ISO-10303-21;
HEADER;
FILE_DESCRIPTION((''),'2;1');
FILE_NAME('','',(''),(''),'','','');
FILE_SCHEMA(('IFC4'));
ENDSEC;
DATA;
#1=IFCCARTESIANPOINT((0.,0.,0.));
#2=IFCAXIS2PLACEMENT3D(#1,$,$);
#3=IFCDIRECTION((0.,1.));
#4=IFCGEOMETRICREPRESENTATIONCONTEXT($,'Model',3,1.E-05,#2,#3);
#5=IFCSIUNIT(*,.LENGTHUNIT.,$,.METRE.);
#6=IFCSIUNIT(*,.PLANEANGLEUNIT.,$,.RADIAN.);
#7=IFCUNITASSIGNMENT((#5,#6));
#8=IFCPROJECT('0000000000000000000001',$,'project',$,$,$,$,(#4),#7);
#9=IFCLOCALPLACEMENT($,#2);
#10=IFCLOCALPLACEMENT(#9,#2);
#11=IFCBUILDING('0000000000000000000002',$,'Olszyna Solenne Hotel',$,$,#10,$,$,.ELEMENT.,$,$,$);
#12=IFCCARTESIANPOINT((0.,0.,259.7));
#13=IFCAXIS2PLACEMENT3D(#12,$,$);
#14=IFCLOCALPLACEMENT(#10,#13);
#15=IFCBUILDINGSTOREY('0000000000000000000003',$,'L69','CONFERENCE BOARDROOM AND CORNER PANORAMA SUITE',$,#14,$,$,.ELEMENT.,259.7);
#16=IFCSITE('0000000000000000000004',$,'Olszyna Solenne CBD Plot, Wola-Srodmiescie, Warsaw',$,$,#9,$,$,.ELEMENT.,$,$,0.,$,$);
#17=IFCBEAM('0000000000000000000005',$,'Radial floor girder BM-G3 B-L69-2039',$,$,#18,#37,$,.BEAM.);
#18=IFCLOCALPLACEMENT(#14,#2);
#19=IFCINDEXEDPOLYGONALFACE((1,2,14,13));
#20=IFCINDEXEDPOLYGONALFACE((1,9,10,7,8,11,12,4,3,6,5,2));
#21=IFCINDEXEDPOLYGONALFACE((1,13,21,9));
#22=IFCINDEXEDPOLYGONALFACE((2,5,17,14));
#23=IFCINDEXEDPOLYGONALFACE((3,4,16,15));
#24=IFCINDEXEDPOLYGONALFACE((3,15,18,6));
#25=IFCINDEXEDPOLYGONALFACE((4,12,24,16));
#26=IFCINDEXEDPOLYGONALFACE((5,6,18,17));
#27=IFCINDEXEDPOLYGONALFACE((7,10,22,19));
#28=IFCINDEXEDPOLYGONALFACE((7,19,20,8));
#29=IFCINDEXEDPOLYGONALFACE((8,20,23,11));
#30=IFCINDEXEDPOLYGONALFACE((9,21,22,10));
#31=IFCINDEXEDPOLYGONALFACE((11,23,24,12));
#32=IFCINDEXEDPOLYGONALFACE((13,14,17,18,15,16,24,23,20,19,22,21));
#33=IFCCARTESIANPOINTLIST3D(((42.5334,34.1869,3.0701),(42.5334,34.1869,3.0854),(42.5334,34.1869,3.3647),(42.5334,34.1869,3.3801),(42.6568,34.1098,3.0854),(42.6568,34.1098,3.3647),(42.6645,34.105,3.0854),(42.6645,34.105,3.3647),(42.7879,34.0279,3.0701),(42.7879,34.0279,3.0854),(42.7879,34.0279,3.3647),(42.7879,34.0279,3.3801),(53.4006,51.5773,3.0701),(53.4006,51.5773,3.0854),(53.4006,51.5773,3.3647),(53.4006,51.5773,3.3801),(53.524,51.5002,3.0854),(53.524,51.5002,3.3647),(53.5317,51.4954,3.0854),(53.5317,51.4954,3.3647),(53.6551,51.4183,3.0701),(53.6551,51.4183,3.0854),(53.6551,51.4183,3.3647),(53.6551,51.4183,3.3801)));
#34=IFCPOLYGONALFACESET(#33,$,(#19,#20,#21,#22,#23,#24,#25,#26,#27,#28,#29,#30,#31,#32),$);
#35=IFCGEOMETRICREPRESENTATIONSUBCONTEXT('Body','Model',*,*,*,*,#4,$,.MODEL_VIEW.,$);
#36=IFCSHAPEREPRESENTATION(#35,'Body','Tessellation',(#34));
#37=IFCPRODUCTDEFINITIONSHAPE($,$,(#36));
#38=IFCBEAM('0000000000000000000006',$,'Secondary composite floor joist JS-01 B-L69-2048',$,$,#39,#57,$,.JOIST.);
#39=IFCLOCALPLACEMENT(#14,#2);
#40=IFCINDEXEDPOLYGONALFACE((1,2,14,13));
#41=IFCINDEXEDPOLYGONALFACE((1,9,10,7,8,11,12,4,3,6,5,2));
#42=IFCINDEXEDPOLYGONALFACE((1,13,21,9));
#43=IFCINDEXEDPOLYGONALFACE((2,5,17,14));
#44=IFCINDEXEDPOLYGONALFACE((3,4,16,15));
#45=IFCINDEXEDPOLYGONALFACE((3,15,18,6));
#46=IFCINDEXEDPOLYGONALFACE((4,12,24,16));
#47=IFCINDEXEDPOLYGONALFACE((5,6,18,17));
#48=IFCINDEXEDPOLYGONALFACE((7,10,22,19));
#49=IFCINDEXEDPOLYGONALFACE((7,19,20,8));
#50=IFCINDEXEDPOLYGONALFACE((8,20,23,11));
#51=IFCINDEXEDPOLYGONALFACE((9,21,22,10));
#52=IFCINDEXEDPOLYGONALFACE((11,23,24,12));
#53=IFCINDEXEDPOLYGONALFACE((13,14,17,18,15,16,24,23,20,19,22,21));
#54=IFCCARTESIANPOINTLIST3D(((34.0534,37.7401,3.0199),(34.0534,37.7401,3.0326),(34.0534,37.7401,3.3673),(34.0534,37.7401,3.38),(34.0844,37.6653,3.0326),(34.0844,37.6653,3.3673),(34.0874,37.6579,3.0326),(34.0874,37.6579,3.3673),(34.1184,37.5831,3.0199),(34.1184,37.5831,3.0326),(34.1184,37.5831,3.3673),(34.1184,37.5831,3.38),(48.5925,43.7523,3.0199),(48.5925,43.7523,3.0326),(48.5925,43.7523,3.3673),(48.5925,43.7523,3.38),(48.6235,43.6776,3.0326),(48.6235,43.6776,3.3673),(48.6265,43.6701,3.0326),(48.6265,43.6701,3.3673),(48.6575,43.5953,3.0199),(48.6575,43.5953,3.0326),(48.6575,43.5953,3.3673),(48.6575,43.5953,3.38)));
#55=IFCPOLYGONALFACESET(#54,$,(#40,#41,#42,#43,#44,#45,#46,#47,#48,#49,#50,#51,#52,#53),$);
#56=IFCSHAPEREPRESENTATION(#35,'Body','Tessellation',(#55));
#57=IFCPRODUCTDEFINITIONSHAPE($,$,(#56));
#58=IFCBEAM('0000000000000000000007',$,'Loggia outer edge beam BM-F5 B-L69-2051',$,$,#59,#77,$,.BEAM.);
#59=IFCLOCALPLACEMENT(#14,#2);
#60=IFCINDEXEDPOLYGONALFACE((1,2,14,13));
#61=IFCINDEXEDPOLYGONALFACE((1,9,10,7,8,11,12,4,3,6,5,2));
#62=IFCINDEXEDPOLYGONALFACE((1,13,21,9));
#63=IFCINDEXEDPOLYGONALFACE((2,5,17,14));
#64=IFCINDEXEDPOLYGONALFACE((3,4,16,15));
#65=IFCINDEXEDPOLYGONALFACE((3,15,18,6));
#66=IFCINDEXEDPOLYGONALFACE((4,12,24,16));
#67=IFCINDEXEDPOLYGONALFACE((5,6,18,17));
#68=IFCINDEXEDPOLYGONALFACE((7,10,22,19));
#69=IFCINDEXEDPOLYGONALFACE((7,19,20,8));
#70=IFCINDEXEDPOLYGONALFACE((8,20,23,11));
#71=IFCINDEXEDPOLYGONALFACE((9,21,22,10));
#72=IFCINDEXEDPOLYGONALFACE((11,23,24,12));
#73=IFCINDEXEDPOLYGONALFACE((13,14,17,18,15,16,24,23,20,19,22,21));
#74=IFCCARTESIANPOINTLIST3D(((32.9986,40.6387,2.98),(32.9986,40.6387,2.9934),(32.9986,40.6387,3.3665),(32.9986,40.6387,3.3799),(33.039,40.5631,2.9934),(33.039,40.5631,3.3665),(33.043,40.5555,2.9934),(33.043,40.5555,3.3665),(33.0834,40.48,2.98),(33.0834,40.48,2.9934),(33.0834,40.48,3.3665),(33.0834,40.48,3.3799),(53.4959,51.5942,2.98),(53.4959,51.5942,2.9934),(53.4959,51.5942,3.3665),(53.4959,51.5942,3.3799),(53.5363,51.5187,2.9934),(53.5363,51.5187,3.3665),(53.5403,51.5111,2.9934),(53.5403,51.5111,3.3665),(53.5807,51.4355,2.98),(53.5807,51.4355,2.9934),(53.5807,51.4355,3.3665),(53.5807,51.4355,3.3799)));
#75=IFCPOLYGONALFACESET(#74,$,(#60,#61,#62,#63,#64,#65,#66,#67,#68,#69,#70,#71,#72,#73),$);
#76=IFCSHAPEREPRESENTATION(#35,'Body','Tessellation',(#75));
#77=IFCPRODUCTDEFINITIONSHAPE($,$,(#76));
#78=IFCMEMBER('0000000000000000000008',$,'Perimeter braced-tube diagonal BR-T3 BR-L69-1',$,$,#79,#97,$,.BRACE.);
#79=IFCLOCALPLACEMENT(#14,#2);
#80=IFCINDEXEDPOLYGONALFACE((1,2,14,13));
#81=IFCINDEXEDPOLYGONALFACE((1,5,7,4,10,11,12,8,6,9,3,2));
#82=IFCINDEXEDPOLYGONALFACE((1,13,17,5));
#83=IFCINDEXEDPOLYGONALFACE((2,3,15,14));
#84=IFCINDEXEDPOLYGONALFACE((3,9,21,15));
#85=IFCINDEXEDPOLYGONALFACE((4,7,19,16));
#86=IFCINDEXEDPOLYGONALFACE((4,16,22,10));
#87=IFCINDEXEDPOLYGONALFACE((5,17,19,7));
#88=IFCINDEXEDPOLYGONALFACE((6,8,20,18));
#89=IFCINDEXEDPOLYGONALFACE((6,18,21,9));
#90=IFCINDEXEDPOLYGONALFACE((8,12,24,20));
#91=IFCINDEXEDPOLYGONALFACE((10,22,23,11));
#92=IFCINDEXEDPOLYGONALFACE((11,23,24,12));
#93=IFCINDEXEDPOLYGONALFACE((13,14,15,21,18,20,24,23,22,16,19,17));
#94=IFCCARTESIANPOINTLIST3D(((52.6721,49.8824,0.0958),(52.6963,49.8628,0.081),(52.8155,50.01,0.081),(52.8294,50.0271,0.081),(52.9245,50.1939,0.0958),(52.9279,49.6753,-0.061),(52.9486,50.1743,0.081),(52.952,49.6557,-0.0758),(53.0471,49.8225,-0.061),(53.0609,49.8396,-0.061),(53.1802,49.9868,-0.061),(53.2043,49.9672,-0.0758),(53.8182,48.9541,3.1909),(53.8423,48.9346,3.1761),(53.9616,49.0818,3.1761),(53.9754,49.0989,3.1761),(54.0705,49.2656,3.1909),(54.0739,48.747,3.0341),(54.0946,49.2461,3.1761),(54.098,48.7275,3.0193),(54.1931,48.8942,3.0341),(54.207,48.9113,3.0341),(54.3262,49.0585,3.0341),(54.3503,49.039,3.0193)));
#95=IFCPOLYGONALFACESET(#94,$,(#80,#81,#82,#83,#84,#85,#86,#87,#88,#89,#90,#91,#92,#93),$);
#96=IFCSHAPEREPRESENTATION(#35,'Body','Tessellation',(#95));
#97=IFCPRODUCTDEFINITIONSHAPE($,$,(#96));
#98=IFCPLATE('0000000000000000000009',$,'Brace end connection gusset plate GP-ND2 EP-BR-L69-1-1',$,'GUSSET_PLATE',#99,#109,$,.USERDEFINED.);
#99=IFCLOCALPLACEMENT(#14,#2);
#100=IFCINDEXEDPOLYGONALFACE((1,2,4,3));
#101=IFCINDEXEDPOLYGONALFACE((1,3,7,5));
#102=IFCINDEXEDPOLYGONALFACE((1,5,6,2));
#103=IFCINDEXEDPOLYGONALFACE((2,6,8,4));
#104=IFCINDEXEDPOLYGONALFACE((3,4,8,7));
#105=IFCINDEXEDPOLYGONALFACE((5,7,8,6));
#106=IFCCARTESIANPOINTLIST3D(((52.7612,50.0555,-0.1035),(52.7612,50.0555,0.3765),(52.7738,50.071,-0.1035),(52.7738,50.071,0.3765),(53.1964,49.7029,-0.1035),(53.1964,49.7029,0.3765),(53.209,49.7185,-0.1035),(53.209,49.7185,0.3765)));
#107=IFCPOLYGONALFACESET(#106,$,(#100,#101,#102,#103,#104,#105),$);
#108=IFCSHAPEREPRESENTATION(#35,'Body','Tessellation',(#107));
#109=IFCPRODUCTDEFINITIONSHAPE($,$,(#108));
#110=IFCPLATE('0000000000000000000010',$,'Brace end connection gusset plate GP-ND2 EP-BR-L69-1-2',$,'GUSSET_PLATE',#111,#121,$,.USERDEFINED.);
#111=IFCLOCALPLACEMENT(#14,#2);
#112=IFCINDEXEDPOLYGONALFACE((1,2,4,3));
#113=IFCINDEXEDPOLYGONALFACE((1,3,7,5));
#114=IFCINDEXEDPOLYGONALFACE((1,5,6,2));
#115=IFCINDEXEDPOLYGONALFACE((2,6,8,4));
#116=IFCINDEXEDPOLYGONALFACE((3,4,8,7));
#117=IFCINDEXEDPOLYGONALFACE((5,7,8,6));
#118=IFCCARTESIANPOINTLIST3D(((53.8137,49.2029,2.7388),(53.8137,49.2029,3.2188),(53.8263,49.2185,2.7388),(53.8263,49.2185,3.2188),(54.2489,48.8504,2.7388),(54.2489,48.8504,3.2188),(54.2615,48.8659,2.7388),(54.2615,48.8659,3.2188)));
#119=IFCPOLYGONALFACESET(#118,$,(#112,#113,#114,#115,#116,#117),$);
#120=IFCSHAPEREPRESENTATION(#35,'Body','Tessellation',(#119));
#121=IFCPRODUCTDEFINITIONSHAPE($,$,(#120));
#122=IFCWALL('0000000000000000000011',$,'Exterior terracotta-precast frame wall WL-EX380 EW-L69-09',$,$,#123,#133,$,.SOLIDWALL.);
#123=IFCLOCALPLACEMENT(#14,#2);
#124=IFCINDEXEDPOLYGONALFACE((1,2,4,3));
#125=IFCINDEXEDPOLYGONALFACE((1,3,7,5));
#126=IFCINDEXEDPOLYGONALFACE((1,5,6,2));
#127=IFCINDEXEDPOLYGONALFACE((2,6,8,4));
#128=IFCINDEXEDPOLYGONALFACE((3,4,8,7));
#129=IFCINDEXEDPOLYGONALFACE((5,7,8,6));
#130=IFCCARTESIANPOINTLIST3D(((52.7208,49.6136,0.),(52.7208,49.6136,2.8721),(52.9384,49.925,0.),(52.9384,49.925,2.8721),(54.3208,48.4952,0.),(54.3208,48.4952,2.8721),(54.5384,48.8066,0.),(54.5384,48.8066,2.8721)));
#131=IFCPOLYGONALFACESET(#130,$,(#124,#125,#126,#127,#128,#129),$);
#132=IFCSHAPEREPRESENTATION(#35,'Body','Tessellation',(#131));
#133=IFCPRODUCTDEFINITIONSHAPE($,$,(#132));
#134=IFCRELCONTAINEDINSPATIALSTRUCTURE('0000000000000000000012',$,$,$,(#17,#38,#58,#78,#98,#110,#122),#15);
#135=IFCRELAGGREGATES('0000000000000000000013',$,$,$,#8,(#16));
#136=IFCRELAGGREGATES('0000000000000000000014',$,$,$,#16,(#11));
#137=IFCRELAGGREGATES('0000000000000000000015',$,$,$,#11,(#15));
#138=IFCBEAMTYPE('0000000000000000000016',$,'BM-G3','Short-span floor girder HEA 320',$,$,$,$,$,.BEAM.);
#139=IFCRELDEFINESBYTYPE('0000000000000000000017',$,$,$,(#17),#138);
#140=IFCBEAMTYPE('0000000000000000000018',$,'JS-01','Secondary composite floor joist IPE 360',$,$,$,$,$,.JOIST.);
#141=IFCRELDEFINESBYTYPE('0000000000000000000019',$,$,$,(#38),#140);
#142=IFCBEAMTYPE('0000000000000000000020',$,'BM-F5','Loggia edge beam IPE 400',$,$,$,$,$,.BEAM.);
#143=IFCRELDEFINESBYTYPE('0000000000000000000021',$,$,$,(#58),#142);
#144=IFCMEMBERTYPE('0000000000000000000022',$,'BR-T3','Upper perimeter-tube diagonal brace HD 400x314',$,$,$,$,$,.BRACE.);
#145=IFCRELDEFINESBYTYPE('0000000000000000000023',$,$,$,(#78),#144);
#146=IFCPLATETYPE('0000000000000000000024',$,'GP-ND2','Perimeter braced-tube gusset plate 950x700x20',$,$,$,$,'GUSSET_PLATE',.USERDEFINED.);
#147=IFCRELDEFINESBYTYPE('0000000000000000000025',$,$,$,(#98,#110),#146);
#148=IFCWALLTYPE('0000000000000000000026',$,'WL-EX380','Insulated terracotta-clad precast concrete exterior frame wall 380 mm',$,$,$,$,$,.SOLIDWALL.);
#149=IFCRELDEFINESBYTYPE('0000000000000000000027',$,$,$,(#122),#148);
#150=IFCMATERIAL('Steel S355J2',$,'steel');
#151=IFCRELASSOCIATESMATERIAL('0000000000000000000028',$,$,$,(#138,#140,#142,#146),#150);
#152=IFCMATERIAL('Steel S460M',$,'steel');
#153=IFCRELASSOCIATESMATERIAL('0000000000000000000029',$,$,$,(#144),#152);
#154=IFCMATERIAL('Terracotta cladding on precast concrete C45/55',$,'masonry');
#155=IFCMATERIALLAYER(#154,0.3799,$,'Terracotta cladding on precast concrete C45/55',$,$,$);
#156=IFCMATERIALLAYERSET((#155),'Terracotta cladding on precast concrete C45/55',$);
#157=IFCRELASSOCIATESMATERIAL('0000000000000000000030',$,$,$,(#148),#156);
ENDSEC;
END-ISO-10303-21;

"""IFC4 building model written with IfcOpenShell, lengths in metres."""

from ifc_helpers import new_model, si_unit, direction, frame, frame_2d, origin, origin_2d, place, context, subcontext, project, spatial, rectangle, i_section, extrude, source, transform, mapped, material, layer, layer_set, material_profile, profile_set, type_object, element, save


model = new_model("IFC4")

# Units and contexts
model_context = context("Model", 3, precision=1e-05, world=origin(), true_north=direction((0.0, 1.0)))
body_context = subcontext(model_context, "Body", "Model", "MODEL_VIEW")
ifc_project = project(units=[si_unit("LENGTHUNIT", "METRE"), si_unit("PLANEANGLEUNIT", "RADIAN")], contexts=[model_context])

# Site, building, storey
site_placement = place(None, origin())
site = spatial("IfcSite", under=ifc_project, at=site_placement, Name="Olszyna Solenne CBD Plot, Wola-Srodmiescie, Warsaw", CompositionType="ELEMENT", RefElevation=0.0)
building_placement = place(site_placement, origin())
building = spatial("IfcBuilding", under=site, at=building_placement, Name="Olszyna Solenne Hotel", CompositionType="ELEMENT")
storey_placement = place(building_placement, frame((0.0, 0.0, 259.7)))
storey = spatial("IfcBuildingStorey", under=building, at=storey_placement, Name="L69", Description="CONFERENCE BOARDROOM AND CORNER PANORAMA SUITE", CompositionType="ELEMENT", Elevation=259.7)

# Shared definitions
ifc_material_1 = material(Name="Steel S460M", Category="steel")

# Beams
ifc_material_2 = material(Name="Steel S355J2", Category="steel")
ifc_material_profile_1 = material_profile(ifc_material_2, i_section(OverallWidth=0.3, OverallDepth=0.3101, WebThickness=0.009, FlangeThickness=0.0154, at=origin_2d()), Name="HEA 320", Category="load-bearing")
ifc_profile_set_1 = profile_set([ifc_material_profile_1], Name="Steel S355J2")
beam_type_1 = type_object("IfcBeamType", Name="BM-G3", Description="Short-span floor girder HEA 320", PredefinedType="BEAM", material=ifc_profile_set_1)
shared_shape_1 = source(origin(), body_context, "Body", "SweptSolid", [
    extrude(i_section(OverallWidth=0.3, OverallDepth=0.3101, WebThickness=0.009, FlangeThickness=0.0154, at=origin_2d()), origin(), (0.0, 0.0, 1.0), 20.5066),
])
beam_1_placement = place(storey_placement, frame((53.5278, 51.4978, 3.2251), z_axis=(-0.529936, -0.848038, 0.0), x_axis=(0.848038, -0.529936, 0.0)))
element("IfcBeam", 1, at=beam_1_placement, inside=storey, type_object=beam_type_1, Name="Radial floor girder BM-G3 B-L69-2039", PredefinedType="BEAM", context=body_context, shape_type="MappedRepresentation", body=[
    mapped(shared_shape_1, transform((0.0, 0.0, 0.0), x_axis=(1.0, 0.0, 0.0), y_axis=(0.0, 1.0, 0.0), z_axis=(0.0, 0.0, 1.0), scale=1.0)),
])
ifc_material_profile_2 = material_profile(ifc_material_2, i_section(OverallWidth=0.1699, OverallDepth=0.3601, WebThickness=0.0081, FlangeThickness=0.0127, at=origin_2d()), Name="IPE 360", Category="load-bearing")
ifc_profile_set_2 = profile_set([ifc_material_profile_2], Name="Steel S355J2")
beam_type_2 = type_object("IfcBeamType", Name="JS-01", Description="Secondary composite floor joist IPE 360", PredefinedType="JOIST", material=ifc_profile_set_2)
shared_shape_2 = source(origin(), body_context, "Body", "SweptSolid", [
    extrude(i_section(OverallWidth=0.1699, OverallDepth=0.3601, WebThickness=0.0081, FlangeThickness=0.0127, at=origin_2d()), origin(), (0.0, 0.0, 1.0), 15.7332),
])
beam_2_placement = place(storey_placement, frame((48.625, 43.6738, 3.2), z_axis=(-0.924106, -0.382137, 0.0), x_axis=(0.382137, -0.924106, 0.0)))
element("IfcBeam", 2, at=beam_2_placement, inside=storey, type_object=beam_type_2, Name="Secondary composite floor joist JS-01 B-L69-2048", PredefinedType="JOIST", context=body_context, shape_type="MappedRepresentation", body=[
    mapped(shared_shape_2, transform((0.0, 0.0, 0.0), x_axis=(1.0, 0.0, 0.0), y_axis=(0.0, 1.0, 0.0), z_axis=(0.0, 0.0, 1.0), scale=1.0)),
])
ifc_material_profile_3 = material_profile(ifc_material_2, i_section(OverallWidth=0.1799, OverallDepth=0.3999, WebThickness=0.0085, FlangeThickness=0.0134, at=origin_2d()), Name="IPE 400", Category="load-bearing")
ifc_profile_set_3 = profile_set([ifc_material_profile_3], Name="Steel S355J2")
beam_type_3 = type_object("IfcBeamType", Name="BM-F5", Description="Loggia edge beam IPE 400", PredefinedType="BEAM", material=ifc_profile_set_3)
shared_shape_3 = source(origin(), body_context, "Body", "SweptSolid", [
    extrude(i_section(OverallWidth=0.1799, OverallDepth=0.3999, WebThickness=0.0085, FlangeThickness=0.0134, at=origin_2d()), origin(), (0.0, 0.0, 1.0), 23.2415),
])
beam_3_placement = place(storey_placement, frame((53.5383, 51.5149, 3.1799), z_axis=(-0.88193, -0.471381, 0.0), x_axis=(0.471381, -0.88193, 0.0)))
element("IfcBeam", 3, at=beam_3_placement, inside=storey, type_object=beam_type_3, Name="Loggia outer edge beam BM-F5 B-L69-2051", PredefinedType="BEAM", context=body_context, shape_type="MappedRepresentation", body=[
    mapped(shared_shape_3, transform((0.0, 0.0, 0.0), x_axis=(1.0, 0.0, 0.0), y_axis=(0.0, 1.0, 0.0), z_axis=(0.0, 0.0, 1.0), scale=1.0)),
])

# Member
ifc_material_profile_4 = material_profile(ifc_material_1, i_section(OverallWidth=0.4009, OverallDepth=0.3989, WebThickness=0.022, FlangeThickness=0.0344, at=origin_2d()), Name="HD 400x314", Category="load-bearing")
ifc_profile_set_4 = profile_set([ifc_material_profile_4], Name="Steel S460M")
member_type = type_object("IfcMemberType", Name="BR-T3", Description="Upper perimeter-tube diagonal brace HD 400x314", PredefinedType="BRACE", material=ifc_profile_set_4)
shared_shape_4 = source(origin(), body_context, "Body", "SweptSolid", [
    extrude(i_section(OverallWidth=0.4009, OverallDepth=0.3989, WebThickness=0.022, FlangeThickness=0.0344, at=origin_2d()), origin(), (0.0, 0.0, 1.0), 3.4285),
])
member_placement = place(storey_placement, frame((52.9382, 49.9248, 0.01), z_axis=(0.334268, -0.270747, 0.902752), x_axis=(0.629408, 0.777075, 0.0)))
element("IfcMember", 4, at=member_placement, inside=storey, type_object=member_type, Name="Perimeter braced-tube diagonal BR-T3 BR-L69-1", PredefinedType="BRACE", context=body_context, shape_type="MappedRepresentation", body=[
    mapped(shared_shape_4, transform((0.0, 0.0, 0.0), x_axis=(1.0, 0.0, 0.0), y_axis=(0.0, 1.0, 0.0), z_axis=(0.0, 0.0, 1.0), scale=1.0)),
])

# Plates
plate_type = type_object("IfcPlateType", Name="GP-ND2", Description="Perimeter braced-tube gusset plate 950x700x20", ElementType="GUSSET_PLATE", PredefinedType="USERDEFINED", material=ifc_material_2)
shared_shape_5 = source(origin(), body_context, "Body", "SweptSolid", [
    extrude(rectangle(XDim=0.5601, YDim=0.02, at=origin_2d()), origin(), (0.0, 0.0, 1.0), 0.48),
])
for number, where, z_axis, x_axis, name in (
    (5, (52.9851, 49.887, -0.1035), (0.0, 0.0, 1.0), (0.777036, -0.629456, 0.0), "Brace end connection gusset plate GP-ND2 EP-BR-L69-1-1"),
    (6, (54.0376, 49.0344, 2.7388), (0.0, 0.0, 1.0), (0.777036, -0.629456, 0.0), "Brace end connection gusset plate GP-ND2 EP-BR-L69-1-2"),
):
    element("IfcPlate", number, at=place(storey_placement, frame(where, z_axis=z_axis, x_axis=x_axis)), inside=storey, type_object=plate_type, Name=name, ObjectType="GUSSET_PLATE", PredefinedType="USERDEFINED", context=body_context, shape_type="MappedRepresentation", body=[
        mapped(shared_shape_5, transform((0.0, 0.0, 0.0), x_axis=(1.0, 0.0, 0.0), y_axis=(0.0, 1.0, 0.0), z_axis=(0.0, 0.0, 1.0), scale=1.0)),
    ])

# Wall
ifc_material_3 = material(Name="Terracotta cladding on precast concrete C45/55", Category="masonry")
ifc_layer_1 = layer(ifc_material_3, 0.3799, Name="Terracotta cladding on precast concrete C45/55")
ifc_layer_set_1 = layer_set([ifc_layer_1], Name="Terracotta cladding on precast concrete C45/55")
wall_type_1 = type_object("IfcWallType", Name="WL-EX380", Description="Insulated terracotta-clad precast concrete exterior frame wall 380 mm", PredefinedType="SOLIDWALL", material=ifc_layer_set_1)
wall_1_placement = place(storey_placement, frame((52.8296, 49.7693, 0.0), z_axis=(0.0, 0.0, 1.0), x_axis=(0.819631, -0.572891, 0.0)))
element("IfcWall", 7, at=wall_1_placement, inside=storey, type_object=wall_type_1, Name="Exterior terracotta-precast frame wall WL-EX380 EW-L69-09", PredefinedType="SOLIDWALL", context=body_context, shape_type="SweptSolid", body=[
    extrude(rectangle(XDim=1.9521, YDim=0.3799, at=frame_2d((0.9761, 0.0))), origin(), (0.0, 0.0, 1.0), 2.8721),
])

save(model, "model.ifc")
